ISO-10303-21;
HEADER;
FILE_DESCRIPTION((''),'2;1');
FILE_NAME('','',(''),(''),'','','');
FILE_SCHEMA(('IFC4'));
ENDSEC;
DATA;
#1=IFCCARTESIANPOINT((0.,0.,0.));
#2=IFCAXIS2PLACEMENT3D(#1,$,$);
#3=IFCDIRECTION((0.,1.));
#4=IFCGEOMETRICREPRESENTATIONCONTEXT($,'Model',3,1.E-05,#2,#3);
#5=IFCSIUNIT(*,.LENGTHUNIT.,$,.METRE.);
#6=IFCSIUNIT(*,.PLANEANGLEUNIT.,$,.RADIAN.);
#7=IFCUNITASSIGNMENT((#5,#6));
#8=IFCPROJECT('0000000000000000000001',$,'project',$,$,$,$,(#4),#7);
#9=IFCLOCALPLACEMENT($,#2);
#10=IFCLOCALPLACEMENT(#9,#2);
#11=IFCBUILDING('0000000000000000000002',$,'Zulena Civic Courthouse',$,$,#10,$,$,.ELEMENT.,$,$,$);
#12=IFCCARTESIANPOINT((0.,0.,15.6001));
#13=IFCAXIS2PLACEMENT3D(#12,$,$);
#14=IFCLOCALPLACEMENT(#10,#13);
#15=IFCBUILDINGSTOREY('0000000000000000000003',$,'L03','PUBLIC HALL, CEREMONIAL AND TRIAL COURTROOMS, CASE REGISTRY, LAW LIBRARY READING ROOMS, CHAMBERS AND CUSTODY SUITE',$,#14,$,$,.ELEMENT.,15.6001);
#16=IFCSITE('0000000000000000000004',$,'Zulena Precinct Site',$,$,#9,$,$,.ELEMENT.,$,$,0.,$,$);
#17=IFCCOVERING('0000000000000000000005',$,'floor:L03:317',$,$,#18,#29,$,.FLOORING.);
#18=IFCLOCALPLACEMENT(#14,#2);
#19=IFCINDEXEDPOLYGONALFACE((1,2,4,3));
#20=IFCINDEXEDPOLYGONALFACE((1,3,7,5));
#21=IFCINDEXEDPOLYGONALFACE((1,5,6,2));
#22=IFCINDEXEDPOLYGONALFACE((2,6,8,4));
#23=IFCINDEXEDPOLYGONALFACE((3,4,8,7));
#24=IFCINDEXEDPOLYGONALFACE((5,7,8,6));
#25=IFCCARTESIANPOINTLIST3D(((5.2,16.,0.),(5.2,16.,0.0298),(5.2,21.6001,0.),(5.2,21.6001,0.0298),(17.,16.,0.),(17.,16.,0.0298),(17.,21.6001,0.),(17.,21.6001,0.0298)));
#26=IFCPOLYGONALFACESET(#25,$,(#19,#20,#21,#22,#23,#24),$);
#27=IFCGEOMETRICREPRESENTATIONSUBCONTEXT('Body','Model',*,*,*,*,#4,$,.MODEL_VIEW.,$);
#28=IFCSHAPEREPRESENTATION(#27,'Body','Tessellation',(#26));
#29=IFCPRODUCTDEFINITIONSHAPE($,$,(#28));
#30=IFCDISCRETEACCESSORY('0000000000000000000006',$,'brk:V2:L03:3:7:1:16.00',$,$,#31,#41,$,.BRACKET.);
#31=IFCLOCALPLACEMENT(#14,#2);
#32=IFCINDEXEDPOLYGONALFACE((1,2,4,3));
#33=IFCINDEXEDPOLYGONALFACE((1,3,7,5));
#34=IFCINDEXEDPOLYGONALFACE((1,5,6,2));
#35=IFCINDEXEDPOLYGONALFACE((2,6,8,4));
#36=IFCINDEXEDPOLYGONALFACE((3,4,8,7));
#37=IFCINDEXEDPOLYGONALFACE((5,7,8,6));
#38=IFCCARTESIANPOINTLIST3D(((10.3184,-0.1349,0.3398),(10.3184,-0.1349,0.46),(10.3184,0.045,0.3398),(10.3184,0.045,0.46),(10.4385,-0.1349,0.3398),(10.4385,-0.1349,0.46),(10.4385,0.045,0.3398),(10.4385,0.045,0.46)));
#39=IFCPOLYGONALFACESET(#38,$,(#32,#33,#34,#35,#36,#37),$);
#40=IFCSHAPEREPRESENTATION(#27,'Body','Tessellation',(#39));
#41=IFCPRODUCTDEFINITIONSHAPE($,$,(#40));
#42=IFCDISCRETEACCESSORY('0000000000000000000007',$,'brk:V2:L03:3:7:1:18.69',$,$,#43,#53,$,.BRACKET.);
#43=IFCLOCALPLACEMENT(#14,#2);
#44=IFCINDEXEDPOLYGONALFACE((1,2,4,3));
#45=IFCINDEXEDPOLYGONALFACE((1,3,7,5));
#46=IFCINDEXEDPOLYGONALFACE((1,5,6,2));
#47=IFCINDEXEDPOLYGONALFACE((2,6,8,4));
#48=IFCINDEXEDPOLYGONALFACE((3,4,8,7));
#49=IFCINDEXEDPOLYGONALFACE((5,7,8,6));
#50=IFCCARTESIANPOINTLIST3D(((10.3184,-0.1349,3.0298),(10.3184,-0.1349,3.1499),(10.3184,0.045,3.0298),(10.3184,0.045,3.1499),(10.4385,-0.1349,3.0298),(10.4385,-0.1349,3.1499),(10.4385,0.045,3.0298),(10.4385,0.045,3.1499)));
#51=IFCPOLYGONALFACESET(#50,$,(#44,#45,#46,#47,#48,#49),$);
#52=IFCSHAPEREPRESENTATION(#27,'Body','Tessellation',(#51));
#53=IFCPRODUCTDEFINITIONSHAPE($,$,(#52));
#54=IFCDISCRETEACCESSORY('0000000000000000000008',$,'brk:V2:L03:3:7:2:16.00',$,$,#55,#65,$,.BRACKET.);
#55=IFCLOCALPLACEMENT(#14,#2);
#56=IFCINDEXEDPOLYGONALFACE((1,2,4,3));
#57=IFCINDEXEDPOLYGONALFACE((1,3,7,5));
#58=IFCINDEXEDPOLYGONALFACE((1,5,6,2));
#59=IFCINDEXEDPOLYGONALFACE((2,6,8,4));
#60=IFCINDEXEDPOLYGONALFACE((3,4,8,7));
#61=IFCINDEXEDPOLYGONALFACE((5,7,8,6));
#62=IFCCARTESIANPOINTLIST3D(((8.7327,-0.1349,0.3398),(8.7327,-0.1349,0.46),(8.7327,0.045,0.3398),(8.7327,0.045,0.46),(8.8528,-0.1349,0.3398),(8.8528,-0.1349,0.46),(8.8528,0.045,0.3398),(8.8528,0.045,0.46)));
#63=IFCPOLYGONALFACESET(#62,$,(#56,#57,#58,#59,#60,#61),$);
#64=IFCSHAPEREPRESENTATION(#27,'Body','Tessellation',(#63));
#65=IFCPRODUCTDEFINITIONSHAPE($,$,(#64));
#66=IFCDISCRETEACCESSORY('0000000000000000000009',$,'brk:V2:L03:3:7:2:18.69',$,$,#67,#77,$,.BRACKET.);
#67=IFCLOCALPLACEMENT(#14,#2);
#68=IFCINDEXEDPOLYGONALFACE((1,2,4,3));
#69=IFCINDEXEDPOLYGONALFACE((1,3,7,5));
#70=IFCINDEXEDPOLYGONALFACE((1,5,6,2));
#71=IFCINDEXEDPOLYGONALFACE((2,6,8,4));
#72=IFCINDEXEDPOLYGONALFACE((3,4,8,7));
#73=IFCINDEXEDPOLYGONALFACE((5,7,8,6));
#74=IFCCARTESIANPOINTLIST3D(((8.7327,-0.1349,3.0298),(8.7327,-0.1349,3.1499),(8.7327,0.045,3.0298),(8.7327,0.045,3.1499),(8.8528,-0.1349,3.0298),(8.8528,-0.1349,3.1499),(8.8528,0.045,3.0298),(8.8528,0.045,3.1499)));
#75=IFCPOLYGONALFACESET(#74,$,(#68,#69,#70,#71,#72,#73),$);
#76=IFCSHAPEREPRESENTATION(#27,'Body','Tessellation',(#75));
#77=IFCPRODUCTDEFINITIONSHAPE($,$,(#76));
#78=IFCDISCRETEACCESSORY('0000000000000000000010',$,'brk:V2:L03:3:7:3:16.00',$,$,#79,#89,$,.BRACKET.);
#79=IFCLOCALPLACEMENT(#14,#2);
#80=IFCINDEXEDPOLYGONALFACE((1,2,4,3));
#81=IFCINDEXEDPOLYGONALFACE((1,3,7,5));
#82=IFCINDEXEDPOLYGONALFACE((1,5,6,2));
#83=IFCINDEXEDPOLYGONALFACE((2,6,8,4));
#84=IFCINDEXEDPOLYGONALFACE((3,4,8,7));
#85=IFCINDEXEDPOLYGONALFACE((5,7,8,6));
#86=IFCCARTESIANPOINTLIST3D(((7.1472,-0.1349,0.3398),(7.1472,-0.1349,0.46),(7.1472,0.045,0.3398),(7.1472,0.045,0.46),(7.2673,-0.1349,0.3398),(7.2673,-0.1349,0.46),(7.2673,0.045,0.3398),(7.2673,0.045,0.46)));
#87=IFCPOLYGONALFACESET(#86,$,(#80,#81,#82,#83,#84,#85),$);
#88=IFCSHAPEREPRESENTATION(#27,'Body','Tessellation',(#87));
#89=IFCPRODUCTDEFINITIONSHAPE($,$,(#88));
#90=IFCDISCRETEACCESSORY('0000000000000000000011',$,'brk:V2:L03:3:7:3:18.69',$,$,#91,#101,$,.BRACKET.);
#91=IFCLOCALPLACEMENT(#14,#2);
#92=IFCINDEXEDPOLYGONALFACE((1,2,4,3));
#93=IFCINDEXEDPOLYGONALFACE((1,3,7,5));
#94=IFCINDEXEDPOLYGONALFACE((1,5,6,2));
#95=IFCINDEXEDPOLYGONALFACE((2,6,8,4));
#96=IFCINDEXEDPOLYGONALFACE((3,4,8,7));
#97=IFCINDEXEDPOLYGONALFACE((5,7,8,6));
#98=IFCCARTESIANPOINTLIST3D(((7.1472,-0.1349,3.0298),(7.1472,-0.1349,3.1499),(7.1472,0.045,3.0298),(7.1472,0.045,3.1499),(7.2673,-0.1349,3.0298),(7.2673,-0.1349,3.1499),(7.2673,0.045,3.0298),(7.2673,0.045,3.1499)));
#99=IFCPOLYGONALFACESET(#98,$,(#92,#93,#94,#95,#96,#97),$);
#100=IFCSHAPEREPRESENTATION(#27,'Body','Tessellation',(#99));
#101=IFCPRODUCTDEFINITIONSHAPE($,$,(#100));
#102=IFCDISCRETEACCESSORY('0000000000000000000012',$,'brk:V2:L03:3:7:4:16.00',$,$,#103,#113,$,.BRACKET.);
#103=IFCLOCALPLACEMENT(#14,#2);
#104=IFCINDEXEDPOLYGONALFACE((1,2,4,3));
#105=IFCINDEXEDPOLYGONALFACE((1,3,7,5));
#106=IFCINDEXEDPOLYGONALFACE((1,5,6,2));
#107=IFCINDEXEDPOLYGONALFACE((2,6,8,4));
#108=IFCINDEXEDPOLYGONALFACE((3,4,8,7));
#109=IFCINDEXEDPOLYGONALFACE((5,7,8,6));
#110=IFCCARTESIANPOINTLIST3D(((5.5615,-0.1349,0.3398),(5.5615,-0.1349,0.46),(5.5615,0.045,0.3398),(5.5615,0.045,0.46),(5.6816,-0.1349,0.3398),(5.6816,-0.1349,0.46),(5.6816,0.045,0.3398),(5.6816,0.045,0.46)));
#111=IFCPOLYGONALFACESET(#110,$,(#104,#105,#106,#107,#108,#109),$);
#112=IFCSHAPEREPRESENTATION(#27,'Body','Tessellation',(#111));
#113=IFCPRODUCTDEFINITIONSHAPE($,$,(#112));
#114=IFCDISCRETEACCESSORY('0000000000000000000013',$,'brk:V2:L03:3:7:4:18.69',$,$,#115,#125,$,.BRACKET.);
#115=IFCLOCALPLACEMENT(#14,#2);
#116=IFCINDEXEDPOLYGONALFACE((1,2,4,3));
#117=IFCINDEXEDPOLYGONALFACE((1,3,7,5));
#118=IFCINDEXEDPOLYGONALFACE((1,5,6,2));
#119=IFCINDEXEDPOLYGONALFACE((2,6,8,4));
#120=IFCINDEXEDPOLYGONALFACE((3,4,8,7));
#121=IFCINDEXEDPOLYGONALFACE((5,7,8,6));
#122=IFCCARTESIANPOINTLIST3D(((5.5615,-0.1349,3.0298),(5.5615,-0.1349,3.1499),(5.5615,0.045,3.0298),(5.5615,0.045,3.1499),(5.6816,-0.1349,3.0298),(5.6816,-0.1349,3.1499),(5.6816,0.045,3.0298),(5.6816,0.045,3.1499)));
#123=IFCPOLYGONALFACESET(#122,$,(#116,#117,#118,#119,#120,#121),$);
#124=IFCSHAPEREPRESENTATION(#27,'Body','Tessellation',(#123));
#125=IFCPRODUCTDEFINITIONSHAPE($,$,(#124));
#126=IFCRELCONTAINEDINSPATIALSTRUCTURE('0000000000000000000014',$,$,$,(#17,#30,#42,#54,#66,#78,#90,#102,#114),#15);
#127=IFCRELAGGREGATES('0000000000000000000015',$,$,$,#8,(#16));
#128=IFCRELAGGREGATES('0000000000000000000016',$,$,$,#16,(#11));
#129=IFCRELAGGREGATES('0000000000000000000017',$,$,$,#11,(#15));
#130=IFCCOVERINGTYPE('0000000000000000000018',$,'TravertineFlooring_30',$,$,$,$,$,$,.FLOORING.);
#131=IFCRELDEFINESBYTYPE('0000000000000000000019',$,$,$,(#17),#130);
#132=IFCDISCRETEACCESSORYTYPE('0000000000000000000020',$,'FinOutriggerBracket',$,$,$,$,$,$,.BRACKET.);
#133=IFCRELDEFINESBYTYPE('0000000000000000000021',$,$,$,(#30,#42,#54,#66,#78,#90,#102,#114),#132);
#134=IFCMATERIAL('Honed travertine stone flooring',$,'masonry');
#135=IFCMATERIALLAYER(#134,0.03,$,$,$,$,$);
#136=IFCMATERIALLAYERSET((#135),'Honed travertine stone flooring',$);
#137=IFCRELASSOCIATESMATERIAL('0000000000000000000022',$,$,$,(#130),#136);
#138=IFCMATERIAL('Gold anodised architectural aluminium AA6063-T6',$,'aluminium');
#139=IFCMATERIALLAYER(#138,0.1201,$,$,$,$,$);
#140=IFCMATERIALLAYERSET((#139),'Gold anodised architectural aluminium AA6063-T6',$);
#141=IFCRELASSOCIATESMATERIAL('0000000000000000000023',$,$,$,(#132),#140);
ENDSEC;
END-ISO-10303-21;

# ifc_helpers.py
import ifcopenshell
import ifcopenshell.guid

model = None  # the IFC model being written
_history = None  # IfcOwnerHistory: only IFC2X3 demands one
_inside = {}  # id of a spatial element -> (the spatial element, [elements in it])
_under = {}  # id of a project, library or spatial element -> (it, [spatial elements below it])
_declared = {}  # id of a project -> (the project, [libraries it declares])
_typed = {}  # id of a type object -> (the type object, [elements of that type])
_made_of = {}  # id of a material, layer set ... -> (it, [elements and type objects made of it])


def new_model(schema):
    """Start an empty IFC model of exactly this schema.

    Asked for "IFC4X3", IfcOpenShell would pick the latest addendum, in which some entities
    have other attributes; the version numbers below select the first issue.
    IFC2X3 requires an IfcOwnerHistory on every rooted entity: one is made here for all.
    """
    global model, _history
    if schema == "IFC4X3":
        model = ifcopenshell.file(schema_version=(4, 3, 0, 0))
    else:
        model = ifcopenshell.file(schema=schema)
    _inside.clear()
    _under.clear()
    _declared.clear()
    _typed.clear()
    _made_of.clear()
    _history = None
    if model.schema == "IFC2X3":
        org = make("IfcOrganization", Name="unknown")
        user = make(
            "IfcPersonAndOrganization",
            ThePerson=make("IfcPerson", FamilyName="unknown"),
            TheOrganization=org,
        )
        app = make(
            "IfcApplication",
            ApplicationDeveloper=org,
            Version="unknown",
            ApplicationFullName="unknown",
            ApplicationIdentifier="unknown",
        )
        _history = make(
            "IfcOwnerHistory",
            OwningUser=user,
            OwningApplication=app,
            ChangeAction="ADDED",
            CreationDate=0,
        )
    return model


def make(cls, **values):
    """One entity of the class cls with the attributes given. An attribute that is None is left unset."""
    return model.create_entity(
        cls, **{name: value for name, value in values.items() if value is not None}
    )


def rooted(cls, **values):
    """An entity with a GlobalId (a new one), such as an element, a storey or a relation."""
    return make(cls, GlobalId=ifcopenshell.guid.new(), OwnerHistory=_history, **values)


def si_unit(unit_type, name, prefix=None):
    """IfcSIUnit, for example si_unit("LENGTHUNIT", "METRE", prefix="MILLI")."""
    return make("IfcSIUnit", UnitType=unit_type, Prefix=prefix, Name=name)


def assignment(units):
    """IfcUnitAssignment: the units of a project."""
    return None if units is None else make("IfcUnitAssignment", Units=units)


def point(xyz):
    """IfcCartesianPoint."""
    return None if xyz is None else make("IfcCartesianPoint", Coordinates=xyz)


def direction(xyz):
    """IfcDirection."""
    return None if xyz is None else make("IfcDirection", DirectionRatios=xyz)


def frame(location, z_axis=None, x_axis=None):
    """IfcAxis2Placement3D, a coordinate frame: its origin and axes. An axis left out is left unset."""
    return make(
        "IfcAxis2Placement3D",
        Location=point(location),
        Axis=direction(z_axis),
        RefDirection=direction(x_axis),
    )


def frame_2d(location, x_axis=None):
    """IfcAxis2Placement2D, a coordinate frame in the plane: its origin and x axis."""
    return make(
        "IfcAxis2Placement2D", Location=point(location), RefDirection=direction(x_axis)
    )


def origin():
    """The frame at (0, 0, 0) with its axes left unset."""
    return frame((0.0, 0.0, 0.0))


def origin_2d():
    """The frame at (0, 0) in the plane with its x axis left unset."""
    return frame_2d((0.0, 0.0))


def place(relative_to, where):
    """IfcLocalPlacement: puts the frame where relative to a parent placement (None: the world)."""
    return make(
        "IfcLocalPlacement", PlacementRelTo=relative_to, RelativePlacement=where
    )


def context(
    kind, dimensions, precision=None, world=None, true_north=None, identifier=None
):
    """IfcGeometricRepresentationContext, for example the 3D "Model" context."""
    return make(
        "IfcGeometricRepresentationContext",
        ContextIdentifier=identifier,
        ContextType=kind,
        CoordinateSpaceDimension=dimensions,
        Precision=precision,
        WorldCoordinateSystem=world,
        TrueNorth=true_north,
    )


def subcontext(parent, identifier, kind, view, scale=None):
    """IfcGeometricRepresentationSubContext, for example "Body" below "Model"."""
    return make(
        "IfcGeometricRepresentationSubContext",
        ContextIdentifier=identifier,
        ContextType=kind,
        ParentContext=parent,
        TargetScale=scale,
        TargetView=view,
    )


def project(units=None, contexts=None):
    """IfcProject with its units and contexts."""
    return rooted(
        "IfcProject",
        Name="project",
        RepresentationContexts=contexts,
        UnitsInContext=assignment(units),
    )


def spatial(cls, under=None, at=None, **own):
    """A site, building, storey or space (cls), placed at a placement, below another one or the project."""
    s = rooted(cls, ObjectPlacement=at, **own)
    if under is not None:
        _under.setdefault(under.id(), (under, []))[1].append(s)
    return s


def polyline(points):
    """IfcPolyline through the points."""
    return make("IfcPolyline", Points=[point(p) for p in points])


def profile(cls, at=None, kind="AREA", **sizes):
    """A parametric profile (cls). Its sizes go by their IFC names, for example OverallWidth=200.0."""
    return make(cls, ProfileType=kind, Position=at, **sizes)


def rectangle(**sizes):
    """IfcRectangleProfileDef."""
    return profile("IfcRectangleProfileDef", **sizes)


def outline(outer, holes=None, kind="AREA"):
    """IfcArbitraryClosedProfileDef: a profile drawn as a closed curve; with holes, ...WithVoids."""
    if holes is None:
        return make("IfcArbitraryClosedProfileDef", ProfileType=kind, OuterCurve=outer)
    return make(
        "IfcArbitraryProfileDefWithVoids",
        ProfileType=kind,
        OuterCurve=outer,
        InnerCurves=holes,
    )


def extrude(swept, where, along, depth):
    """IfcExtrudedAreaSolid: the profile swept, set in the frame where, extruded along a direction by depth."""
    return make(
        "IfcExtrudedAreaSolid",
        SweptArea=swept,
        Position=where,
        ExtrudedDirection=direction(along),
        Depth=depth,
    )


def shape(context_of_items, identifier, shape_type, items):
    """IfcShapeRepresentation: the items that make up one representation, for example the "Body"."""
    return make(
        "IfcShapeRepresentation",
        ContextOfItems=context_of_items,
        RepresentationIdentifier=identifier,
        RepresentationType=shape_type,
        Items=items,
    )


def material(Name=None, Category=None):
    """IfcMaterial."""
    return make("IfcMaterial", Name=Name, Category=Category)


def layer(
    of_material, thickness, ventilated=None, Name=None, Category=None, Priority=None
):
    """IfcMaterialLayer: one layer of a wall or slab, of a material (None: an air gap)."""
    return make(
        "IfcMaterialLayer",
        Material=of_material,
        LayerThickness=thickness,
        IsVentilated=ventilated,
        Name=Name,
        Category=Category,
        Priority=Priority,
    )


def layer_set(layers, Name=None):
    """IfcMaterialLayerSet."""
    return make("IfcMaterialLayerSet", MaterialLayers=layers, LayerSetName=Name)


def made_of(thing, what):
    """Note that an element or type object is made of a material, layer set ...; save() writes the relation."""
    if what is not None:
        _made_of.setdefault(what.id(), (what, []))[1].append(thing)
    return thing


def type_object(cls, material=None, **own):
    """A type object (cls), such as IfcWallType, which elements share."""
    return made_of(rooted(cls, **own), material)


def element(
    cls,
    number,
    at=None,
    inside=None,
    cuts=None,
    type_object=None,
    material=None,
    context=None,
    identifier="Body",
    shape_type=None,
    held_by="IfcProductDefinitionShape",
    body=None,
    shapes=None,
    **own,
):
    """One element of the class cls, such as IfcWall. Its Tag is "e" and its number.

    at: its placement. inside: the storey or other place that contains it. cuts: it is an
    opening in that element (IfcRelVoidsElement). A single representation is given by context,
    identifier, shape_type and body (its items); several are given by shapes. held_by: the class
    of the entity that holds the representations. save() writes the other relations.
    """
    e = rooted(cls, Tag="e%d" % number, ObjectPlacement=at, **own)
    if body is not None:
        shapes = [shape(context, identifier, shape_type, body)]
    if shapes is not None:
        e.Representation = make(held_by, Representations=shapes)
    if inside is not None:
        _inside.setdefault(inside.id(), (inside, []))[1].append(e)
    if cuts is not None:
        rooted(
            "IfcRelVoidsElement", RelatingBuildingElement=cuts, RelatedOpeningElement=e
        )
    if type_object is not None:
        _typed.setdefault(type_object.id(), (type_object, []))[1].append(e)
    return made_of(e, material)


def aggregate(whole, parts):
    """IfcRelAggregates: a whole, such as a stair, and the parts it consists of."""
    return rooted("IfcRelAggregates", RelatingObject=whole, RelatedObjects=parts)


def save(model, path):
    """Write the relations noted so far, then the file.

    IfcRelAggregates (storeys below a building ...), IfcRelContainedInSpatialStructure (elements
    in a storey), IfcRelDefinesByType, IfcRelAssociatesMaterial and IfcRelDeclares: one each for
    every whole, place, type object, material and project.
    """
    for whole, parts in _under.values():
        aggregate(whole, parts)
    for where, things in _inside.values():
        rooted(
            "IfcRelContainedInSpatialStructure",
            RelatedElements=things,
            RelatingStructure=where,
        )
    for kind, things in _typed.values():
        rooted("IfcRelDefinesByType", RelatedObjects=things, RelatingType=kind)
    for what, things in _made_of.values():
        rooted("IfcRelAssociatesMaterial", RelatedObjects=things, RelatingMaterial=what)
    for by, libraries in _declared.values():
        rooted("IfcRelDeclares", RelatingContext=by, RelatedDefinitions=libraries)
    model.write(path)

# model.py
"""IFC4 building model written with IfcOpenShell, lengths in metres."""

from ifc_helpers import new_model, si_unit, direction, frame, origin, origin_2d, place, context, subcontext, project, spatial, polyline, rectangle, outline, extrude, material, layer, layer_set, type_object, element, save


model = new_model("IFC4")

# Units and contexts
model_context = context("Model", 3, precision=1e-05, world=origin(), true_north=direction((0.0, 1.0)))
body_context = subcontext(model_context, "Body", "Model", "MODEL_VIEW")
ifc_project = project(units=[si_unit("LENGTHUNIT", "METRE"), si_unit("PLANEANGLEUNIT", "RADIAN")], contexts=[model_context])

# Site, building, storey
site_placement = place(None, origin())
site = spatial("IfcSite", under=ifc_project, at=site_placement, Name="Zulena Precinct Site", CompositionType="ELEMENT", RefElevation=0.0)
building_placement = place(site_placement, origin())
building = spatial("IfcBuilding", under=site, at=building_placement, Name="Zulena Civic Courthouse", CompositionType="ELEMENT")
storey_placement = place(building_placement, frame((0.0, 0.0, 15.6001)))
storey = spatial("IfcBuildingStorey", under=building, at=storey_placement, Name="L03", Description="PUBLIC HALL, CEREMONIAL AND TRIAL COURTROOMS, CASE REGISTRY, LAW LIBRARY READING ROOMS, CHAMBERS AND CUSTODY SUITE", CompositionType="ELEMENT", Elevation=15.6001)

# Shared definitions
ifc_material_1 = material(Name="Gold anodised architectural aluminium AA6063-T6", Category="aluminium")

# Covering
ifc_material_2 = material(Name="Honed travertine stone flooring", Category="masonry")
ifc_layer_1 = layer(ifc_material_2, 0.03)
ifc_layer_set_1 = layer_set([ifc_layer_1], Name="Honed travertine stone flooring")
covering_type_1 = type_object("IfcCoveringType", Name="TravertineFlooring_30", PredefinedType="FLOORING", material=ifc_layer_set_1)
covering_1_placement = place(storey_placement, origin())
element("IfcCovering", 1, at=covering_1_placement, inside=storey, type_object=covering_type_1, Name="floor:L03:317", PredefinedType="FLOORING", context=body_context, shape_type="SweptSolid", body=[
    extrude(outline(polyline([(5.2, 16.0), (17.0, 16.0), (17.0, 21.6001), (5.2, 21.6001), (5.2, 16.0)])), origin(), (0.0, 0.0, 1.0), 0.0298),
])

# Discrete accessories
ifc_layer_2 = layer(ifc_material_1, 0.1201)
ifc_layer_set_2 = layer_set([ifc_layer_2], Name="Gold anodised architectural aluminium AA6063-T6")
discrete_accessory_type = type_object("IfcDiscreteAccessoryType", Name="FinOutriggerBracket", PredefinedType="BRACKET", material=ifc_layer_set_2)
for number, where, z_axis, x_axis, name in (
    (2, (10.3784, -0.0449, 0.3398), (0.0, 0.0, 1.0), (0.0, -1.0, 0.0), "brk:V2:L03:3:7:1:16.00"),
    (3, (10.3784, -0.0449, 3.0298), (0.0, 0.0, 1.0), (0.0, -1.0, 0.0), "brk:V2:L03:3:7:1:18.69"),
    (4, (8.7927, -0.0449, 0.3398), (0.0, 0.0, 1.0), (0.0, -1.0, 0.0), "brk:V2:L03:3:7:2:16.00"),
    (5, (8.7927, -0.0449, 3.0298), (0.0, 0.0, 1.0), (0.0, -1.0, 0.0), "brk:V2:L03:3:7:2:18.69"),
    (6, (7.2073, -0.0449, 0.3398), (0.0, 0.0, 1.0), (0.0, -1.0, 0.0), "brk:V2:L03:3:7:3:16.00"),
    (7, (7.2073, -0.0449, 3.0298), (0.0, 0.0, 1.0), (0.0, -1.0, 0.0), "brk:V2:L03:3:7:3:18.69"),
    (8, (5.6216, -0.0449, 0.3398), (0.0, 0.0, 1.0), (0.0, -1.0, 0.0), "brk:V2:L03:3:7:4:16.00"),
    (9, (5.6216, -0.0449, 3.0298), (0.0, 0.0, 1.0), (0.0, -1.0, 0.0), "brk:V2:L03:3:7:4:18.69"),
):
    element("IfcDiscreteAccessory", number, at=place(storey_placement, frame(where, z_axis=z_axis, x_axis=x_axis)), inside=storey, type_object=discrete_accessory_type, Name=name, PredefinedType="BRACKET", context=body_context, shape_type="SweptSolid", body=[
        extrude(rectangle(XDim=0.1799, YDim=0.1201, at=origin_2d()), origin(), (0.0, 0.0, 1.0), 0.1201),
    ])

save(model, "model.ifc")
